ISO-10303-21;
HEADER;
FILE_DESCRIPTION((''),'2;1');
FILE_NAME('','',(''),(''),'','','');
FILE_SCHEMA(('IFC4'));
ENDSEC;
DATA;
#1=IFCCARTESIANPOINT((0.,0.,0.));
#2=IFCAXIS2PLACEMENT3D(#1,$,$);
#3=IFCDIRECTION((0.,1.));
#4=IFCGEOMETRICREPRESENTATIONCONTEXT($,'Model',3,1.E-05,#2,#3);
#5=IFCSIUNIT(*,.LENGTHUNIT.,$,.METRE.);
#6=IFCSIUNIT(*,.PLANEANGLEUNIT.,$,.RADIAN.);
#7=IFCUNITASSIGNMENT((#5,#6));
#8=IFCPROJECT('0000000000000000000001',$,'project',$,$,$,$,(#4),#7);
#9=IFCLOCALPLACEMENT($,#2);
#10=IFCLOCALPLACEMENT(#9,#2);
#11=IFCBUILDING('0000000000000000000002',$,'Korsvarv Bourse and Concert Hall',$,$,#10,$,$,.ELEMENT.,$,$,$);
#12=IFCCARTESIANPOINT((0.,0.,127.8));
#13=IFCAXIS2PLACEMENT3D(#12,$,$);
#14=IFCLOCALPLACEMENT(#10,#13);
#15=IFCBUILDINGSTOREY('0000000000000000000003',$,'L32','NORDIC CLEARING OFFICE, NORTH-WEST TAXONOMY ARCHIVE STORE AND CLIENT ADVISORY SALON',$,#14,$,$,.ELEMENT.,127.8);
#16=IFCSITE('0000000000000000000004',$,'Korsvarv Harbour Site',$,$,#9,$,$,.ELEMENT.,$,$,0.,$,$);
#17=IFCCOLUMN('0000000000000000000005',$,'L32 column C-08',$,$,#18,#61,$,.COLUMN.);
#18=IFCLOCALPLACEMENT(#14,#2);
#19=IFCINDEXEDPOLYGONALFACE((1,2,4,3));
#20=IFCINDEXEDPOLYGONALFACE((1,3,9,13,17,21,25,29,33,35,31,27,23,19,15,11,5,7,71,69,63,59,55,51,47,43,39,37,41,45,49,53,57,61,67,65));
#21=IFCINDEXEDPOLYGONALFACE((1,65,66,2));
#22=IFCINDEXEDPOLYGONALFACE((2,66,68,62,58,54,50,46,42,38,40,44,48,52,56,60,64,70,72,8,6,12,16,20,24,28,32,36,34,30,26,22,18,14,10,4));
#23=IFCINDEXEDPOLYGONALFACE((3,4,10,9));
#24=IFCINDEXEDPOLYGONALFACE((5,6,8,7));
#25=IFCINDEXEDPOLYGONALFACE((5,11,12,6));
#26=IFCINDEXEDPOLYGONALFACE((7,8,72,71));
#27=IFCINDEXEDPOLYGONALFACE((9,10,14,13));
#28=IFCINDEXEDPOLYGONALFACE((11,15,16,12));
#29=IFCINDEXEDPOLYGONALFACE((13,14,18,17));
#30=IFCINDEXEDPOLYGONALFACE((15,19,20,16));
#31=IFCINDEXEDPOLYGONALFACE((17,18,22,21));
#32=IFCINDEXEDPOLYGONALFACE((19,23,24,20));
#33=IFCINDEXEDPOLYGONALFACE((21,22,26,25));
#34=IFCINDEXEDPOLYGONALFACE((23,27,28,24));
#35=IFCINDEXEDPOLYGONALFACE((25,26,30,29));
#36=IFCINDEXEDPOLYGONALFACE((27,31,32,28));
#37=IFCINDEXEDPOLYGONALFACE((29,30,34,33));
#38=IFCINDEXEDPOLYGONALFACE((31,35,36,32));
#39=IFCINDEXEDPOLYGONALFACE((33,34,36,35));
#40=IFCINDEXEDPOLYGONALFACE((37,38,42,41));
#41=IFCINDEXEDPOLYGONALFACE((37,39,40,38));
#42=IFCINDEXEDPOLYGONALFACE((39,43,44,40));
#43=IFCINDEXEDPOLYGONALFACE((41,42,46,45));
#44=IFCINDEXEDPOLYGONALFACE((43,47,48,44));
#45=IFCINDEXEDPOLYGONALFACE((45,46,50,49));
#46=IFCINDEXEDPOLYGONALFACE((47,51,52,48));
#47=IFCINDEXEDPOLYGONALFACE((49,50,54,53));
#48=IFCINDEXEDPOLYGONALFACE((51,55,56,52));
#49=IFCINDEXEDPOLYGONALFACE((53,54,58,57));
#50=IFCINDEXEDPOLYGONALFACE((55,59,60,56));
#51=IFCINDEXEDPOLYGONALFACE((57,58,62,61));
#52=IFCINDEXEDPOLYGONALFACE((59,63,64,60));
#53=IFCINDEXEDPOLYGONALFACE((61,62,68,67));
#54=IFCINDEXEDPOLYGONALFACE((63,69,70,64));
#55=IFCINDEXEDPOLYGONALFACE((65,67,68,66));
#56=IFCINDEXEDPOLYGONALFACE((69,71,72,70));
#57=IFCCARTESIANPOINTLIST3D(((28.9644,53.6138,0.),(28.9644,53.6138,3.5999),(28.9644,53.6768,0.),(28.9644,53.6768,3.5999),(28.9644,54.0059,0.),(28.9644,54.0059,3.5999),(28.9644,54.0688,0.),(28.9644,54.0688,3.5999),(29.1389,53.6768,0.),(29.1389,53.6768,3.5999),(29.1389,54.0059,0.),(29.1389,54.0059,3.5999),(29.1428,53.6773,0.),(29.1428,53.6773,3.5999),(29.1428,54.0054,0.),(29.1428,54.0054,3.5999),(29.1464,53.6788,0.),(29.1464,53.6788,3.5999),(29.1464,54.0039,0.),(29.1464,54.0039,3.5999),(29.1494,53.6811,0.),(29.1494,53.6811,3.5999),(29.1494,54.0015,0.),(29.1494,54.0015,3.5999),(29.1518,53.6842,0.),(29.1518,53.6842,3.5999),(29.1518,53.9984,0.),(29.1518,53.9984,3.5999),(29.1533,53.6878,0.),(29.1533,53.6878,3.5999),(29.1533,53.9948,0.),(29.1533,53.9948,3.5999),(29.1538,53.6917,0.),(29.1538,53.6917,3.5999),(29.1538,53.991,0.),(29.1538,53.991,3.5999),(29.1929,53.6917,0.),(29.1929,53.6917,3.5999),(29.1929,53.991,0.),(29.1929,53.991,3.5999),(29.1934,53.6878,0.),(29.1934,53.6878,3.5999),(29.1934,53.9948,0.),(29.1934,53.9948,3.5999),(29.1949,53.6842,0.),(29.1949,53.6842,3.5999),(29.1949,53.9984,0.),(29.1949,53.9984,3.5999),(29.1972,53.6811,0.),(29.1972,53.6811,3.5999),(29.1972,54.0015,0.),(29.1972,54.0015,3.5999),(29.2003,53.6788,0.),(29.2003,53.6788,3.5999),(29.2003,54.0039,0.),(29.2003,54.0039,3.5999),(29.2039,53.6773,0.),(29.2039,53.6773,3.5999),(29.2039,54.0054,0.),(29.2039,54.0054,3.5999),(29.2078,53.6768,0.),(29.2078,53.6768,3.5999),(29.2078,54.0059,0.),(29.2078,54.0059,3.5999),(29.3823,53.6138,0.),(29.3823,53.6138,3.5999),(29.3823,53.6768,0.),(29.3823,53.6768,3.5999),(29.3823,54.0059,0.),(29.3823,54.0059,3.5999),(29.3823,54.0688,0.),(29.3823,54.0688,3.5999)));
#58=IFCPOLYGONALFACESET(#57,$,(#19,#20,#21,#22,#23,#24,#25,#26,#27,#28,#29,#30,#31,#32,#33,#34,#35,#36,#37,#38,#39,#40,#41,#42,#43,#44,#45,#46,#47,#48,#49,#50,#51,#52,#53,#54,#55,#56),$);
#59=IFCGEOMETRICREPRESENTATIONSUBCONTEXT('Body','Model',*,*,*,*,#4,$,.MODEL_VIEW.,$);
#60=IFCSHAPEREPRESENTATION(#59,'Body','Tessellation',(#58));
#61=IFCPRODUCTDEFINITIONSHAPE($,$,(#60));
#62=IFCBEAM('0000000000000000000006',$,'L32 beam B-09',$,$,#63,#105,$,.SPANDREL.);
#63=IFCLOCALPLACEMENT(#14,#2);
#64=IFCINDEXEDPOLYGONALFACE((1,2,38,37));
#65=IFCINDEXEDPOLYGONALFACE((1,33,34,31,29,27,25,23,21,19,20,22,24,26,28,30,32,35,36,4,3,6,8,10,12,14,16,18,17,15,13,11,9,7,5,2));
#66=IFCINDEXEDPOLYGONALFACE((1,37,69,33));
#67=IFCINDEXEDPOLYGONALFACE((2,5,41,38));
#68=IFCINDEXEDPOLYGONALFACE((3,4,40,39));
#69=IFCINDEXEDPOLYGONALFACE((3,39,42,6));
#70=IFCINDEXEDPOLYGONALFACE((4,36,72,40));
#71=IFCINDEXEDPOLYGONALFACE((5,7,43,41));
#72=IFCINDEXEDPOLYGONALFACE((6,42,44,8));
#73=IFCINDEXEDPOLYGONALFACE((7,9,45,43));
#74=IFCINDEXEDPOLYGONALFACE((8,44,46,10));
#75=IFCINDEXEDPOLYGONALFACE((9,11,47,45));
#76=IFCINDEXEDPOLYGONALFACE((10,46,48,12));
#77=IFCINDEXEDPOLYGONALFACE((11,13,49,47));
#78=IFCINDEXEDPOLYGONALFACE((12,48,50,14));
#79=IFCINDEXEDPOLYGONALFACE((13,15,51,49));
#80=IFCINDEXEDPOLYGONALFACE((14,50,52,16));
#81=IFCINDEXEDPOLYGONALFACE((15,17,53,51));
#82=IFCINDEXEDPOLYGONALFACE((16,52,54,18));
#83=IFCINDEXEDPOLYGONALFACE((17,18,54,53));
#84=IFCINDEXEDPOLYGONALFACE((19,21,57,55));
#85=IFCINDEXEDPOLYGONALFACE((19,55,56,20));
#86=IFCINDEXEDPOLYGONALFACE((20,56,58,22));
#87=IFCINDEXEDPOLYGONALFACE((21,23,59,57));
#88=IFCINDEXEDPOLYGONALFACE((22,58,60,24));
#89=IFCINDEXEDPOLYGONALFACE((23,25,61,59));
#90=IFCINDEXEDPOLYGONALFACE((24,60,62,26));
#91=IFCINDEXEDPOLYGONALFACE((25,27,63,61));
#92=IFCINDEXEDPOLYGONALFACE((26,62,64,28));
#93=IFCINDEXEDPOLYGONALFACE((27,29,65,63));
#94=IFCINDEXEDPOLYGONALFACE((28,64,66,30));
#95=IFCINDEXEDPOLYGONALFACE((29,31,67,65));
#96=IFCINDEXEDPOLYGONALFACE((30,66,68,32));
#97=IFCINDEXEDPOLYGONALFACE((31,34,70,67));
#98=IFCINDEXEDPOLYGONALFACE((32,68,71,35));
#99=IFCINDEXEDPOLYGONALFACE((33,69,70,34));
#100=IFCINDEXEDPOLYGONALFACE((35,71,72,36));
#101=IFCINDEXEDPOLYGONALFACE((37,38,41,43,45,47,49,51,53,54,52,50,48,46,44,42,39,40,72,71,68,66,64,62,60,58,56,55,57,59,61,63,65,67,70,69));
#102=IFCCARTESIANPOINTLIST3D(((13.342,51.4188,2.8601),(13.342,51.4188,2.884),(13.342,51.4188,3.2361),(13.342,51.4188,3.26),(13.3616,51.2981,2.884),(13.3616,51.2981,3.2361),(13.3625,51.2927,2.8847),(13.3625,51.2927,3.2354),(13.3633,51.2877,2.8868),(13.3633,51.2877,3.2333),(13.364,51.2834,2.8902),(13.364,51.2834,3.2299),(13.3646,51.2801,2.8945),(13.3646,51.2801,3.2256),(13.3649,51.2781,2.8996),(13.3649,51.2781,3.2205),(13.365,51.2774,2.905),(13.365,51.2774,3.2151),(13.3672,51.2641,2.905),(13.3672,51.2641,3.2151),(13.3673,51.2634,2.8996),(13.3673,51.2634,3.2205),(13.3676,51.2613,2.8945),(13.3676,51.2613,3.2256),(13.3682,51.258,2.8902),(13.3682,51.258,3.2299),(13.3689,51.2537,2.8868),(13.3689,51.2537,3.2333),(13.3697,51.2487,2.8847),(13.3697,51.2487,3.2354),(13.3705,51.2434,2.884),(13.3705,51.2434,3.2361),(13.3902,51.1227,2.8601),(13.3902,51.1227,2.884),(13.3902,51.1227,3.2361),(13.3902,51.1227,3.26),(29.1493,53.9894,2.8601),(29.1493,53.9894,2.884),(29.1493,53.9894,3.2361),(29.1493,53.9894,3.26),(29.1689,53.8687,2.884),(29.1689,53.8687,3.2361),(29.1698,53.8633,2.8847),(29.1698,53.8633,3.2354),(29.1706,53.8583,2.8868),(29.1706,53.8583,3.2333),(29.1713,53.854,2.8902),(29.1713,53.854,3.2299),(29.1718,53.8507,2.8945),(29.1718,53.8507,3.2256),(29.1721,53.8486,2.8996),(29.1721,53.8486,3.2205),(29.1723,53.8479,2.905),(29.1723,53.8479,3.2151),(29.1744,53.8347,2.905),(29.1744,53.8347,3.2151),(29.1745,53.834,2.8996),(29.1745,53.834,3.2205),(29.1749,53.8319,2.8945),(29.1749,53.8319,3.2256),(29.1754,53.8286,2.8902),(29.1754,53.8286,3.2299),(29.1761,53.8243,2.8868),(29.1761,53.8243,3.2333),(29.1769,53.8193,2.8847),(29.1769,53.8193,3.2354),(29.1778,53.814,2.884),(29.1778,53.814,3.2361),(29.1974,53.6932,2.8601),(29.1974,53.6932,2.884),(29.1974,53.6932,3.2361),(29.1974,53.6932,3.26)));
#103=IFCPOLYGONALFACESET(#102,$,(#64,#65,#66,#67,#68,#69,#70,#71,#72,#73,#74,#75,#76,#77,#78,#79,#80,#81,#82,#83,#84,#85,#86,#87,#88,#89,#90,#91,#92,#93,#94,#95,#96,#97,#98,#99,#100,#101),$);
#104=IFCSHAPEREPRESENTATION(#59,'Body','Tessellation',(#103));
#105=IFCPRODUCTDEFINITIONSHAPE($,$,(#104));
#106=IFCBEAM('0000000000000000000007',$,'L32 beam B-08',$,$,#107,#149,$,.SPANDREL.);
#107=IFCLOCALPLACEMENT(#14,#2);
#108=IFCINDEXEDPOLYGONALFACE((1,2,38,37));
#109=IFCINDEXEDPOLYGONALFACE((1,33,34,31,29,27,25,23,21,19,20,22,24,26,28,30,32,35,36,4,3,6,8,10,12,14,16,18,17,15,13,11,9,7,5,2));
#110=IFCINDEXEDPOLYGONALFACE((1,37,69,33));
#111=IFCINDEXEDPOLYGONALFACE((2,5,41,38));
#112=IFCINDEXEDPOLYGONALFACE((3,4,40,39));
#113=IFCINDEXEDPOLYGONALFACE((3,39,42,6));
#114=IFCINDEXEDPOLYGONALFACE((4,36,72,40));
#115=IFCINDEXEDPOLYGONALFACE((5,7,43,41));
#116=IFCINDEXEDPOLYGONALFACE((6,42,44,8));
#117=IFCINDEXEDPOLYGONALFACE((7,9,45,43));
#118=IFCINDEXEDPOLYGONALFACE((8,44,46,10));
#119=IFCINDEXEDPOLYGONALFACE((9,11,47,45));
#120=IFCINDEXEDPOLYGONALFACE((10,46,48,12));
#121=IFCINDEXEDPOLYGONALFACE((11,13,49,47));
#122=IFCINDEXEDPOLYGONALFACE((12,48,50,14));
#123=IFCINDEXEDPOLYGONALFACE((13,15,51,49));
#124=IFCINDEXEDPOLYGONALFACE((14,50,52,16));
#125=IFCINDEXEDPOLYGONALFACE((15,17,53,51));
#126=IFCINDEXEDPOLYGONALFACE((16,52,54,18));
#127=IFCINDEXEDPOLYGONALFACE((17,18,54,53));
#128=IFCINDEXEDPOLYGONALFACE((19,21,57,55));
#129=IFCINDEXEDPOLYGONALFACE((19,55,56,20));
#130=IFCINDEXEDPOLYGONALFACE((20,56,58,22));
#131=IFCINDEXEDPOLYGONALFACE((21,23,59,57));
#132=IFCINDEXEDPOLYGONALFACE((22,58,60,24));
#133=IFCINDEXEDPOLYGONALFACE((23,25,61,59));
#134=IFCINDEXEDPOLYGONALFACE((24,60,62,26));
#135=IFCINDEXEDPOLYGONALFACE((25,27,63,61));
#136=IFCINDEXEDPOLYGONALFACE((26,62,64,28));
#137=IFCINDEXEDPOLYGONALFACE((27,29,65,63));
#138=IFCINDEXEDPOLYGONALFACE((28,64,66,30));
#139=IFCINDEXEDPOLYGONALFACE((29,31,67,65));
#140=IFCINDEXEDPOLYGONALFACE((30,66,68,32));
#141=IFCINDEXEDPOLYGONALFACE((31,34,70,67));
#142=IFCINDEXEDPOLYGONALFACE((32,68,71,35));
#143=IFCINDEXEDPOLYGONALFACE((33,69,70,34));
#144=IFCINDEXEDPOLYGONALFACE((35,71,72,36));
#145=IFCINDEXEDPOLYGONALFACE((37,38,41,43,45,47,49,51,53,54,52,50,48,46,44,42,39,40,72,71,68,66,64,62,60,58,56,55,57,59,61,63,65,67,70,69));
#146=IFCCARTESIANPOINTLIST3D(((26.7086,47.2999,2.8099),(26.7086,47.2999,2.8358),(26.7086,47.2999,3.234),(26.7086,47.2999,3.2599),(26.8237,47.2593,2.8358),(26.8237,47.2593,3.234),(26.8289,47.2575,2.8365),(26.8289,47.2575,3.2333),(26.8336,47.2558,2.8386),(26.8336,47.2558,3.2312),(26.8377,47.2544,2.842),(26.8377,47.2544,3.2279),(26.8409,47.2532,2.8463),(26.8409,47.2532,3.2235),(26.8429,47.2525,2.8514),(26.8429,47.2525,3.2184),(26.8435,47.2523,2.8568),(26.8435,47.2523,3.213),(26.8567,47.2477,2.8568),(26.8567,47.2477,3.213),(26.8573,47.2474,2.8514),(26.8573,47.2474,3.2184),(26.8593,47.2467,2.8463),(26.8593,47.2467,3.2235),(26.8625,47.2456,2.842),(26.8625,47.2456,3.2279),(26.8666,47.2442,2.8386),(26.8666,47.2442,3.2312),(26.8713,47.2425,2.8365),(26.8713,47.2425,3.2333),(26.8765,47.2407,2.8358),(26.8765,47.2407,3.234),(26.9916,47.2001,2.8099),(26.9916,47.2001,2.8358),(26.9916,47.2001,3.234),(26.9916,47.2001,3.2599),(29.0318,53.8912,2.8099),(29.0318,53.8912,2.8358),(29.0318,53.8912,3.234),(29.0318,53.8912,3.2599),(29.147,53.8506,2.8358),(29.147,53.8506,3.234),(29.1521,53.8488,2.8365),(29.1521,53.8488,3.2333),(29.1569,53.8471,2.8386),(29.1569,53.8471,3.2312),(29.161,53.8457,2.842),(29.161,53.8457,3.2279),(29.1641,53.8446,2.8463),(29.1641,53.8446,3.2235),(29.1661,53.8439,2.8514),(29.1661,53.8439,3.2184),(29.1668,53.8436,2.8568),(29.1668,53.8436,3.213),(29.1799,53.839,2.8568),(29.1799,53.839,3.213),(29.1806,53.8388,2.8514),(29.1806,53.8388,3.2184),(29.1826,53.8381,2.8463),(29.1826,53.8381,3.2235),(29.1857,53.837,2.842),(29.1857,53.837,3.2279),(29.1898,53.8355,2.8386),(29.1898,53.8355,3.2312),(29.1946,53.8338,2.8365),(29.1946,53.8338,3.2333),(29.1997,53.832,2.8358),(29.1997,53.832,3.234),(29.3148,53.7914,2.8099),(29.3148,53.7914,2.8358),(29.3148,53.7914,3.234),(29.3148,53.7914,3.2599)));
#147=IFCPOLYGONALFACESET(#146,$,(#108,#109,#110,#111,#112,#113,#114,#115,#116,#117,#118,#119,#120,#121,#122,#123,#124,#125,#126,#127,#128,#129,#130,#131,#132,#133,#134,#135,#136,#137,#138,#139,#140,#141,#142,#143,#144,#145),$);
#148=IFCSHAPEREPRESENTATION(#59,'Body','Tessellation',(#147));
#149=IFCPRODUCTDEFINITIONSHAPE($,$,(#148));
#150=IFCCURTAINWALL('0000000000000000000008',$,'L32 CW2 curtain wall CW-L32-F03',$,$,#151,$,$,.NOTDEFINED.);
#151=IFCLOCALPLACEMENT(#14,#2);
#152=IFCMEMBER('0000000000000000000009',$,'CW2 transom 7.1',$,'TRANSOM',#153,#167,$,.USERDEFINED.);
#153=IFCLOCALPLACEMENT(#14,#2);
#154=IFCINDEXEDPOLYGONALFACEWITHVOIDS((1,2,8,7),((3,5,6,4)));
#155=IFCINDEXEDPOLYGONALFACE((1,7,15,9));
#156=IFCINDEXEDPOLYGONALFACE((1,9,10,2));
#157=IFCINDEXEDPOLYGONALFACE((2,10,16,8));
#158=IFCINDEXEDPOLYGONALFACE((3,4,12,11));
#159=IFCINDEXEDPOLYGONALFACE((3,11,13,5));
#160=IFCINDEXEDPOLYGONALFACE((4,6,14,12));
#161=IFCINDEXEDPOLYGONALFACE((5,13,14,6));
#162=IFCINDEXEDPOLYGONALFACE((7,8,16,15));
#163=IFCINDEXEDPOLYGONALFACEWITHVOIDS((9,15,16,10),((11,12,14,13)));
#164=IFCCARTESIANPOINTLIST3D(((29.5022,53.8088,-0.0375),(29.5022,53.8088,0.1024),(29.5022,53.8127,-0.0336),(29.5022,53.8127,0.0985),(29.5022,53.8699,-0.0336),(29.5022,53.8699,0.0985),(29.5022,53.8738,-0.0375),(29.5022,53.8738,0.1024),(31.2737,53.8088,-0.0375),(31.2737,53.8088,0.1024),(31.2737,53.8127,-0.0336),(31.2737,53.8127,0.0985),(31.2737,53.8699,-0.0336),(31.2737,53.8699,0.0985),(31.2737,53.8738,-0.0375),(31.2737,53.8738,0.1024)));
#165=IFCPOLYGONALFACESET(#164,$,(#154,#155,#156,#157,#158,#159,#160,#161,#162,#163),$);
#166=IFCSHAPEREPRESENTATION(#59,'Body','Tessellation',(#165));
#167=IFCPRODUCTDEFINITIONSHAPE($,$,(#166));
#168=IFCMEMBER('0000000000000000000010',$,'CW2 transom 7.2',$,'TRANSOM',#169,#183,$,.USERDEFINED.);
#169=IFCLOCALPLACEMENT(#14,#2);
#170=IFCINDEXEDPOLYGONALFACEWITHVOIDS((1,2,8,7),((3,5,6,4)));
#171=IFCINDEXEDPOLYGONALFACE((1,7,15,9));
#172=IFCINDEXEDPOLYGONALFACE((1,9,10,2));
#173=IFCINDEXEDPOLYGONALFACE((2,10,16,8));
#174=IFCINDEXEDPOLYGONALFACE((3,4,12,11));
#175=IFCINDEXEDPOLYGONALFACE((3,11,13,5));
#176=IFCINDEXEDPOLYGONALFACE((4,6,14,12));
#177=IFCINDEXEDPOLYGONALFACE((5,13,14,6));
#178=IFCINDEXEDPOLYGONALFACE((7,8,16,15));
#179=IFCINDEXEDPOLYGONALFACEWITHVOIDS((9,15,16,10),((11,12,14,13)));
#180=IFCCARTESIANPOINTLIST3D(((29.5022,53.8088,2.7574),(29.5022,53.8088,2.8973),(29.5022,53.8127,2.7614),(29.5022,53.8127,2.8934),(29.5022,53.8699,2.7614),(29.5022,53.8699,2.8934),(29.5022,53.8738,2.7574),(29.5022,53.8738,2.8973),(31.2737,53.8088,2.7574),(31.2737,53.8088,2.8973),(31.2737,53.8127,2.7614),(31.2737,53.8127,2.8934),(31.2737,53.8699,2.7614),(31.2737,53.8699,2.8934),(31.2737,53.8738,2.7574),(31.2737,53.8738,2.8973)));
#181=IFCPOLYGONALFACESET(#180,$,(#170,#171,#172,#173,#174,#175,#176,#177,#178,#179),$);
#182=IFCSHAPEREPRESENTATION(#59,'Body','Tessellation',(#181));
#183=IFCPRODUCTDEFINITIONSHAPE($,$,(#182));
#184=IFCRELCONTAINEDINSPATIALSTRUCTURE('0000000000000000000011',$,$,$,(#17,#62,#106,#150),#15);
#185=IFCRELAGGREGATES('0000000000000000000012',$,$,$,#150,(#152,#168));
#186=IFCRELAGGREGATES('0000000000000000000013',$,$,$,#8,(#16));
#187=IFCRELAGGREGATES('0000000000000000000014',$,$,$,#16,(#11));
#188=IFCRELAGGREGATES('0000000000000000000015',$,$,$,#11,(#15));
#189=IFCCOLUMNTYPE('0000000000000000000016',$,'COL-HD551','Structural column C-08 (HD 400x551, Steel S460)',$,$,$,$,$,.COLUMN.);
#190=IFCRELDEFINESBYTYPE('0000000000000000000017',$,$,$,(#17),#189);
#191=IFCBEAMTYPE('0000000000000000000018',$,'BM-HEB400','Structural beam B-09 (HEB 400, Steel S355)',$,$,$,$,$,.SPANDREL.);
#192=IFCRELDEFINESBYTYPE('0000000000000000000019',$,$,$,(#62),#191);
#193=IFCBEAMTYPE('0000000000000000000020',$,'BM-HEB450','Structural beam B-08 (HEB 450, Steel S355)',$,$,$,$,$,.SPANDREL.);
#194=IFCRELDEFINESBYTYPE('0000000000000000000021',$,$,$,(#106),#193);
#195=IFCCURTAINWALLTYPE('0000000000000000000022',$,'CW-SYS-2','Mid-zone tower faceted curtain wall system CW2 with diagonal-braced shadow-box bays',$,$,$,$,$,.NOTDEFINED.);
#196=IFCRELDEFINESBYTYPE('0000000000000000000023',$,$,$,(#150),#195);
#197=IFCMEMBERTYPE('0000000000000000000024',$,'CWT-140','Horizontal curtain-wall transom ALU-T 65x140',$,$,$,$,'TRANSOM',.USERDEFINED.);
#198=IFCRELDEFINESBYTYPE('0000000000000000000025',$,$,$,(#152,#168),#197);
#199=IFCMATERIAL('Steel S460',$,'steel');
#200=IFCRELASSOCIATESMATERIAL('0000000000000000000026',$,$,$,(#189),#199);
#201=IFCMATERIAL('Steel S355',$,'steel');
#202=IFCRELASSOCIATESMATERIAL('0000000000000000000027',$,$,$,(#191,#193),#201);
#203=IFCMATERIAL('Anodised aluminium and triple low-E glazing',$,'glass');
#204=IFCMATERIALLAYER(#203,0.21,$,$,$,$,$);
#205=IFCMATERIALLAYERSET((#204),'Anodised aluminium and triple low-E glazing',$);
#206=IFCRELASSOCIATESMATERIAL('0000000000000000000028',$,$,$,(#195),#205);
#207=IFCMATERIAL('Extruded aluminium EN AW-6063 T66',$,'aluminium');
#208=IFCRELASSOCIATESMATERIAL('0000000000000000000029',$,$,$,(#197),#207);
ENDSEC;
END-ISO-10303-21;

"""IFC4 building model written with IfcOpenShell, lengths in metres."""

from ifc_helpers import new_model, si_unit, direction, frame, origin, origin_2d, place, context, subcontext, project, spatial, hollow_rectangle, i_section, extrude, source, transform, mapped, material, layer, layer_set, material_profile, profile_set, type_object, element, aggregate, save


model = new_model("IFC4")

# Units and contexts
model_context = context("Model", 3, precision=1e-05, world=origin(), true_north=direction((0.0, 1.0)))
body_context = subcontext(model_context, "Body", "Model", "MODEL_VIEW")
ifc_project = project(units=[si_unit("LENGTHUNIT", "METRE"), si_unit("PLANEANGLEUNIT", "RADIAN")], contexts=[model_context])

# Site, building, storey
site_placement = place(None, origin())
site = spatial("IfcSite", under=ifc_project, at=site_placement, Name="Korsvarv Harbour Site", CompositionType="ELEMENT", RefElevation=0.0)
building_placement = place(site_placement, origin())
building = spatial("IfcBuilding", under=site, at=building_placement, Name="Korsvarv Bourse and Concert Hall", CompositionType="ELEMENT")
storey_placement = place(building_placement, frame((0.0, 0.0, 127.8)))
storey = spatial("IfcBuildingStorey", under=building, at=storey_placement, Name="L32", Description="NORDIC CLEARING OFFICE, NORTH-WEST TAXONOMY ARCHIVE STORE AND CLIENT ADVISORY SALON", CompositionType="ELEMENT", Elevation=127.8)

# Column
ifc_material_1 = material(Name="Steel S460", Category="steel")
ifc_material_profile_1 = material_profile(ifc_material_1, i_section(OverallWidth=0.418, OverallDepth=0.4551, WebThickness=0.0391, FlangeThickness=0.063, FilletRadius=0.0149, at=origin_2d()), Name="HD 400x551")
ifc_profile_set_1 = profile_set([ifc_material_profile_1], Name="Steel S460")
column_type = type_object("IfcColumnType", Name="COL-HD551", Description="Structural column C-08 (HD 400x551, Steel S460)", PredefinedType="COLUMN", material=ifc_profile_set_1)
shared_shape_1 = source(origin(), body_context, "Body", "SweptSolid", [
    extrude(i_section(OverallWidth=0.418, OverallDepth=0.4551, WebThickness=0.0391, FlangeThickness=0.063, FilletRadius=0.0149, at=origin_2d()), origin(), (0.0, 0.0, 1.0), 3.5999),
])
column_placement = place(storey_placement, frame((29.1733, 53.8413, 0.0), z_axis=(0.0, 0.0, 1.0), x_axis=(1.0, 0.0, 0.0)))
element("IfcColumn", 1, at=column_placement, inside=storey, type_object=column_type, Name="L32 column C-08", PredefinedType="COLUMN", context=body_context, shape_type="MappedRepresentation", body=[
    mapped(shared_shape_1, transform((0.0, 0.0, 0.0), scale=1.0)),
])

# Beams
ifc_material_2 = material(Name="Steel S355", Category="steel")
ifc_material_profile_2 = material_profile(ifc_material_2, i_section(OverallWidth=0.3, OverallDepth=0.3999, WebThickness=0.0134, FlangeThickness=0.0239, FilletRadius=0.021, at=origin_2d()), Name="HEB 400")
ifc_profile_set_2 = profile_set([ifc_material_profile_2], Name="Steel S355")
beam_type_1 = type_object("IfcBeamType", Name="BM-HEB400", Description="Structural beam B-09 (HEB 400, Steel S355)", PredefinedType="SPANDREL", material=ifc_profile_set_2)
shared_shape_2 = source(origin(), body_context, "Body", "SweptSolid", [
    extrude(i_section(OverallWidth=0.3, OverallDepth=0.3999, WebThickness=0.0134, FlangeThickness=0.0239, FilletRadius=0.021, at=origin_2d()), origin(), (0.0, 0.0, 1.0), 16.0149),
])
beam_1_placement = place(storey_placement, frame((29.1733, 53.8413, 3.0601), z_axis=(-0.987034, -0.160512, 0.0), x_axis=(0.160512, -0.987034, 0.0)))
element("IfcBeam", 2, at=beam_1_placement, inside=storey, type_object=beam_type_1, Name="L32 beam B-09", PredefinedType="SPANDREL", context=body_context, shape_type="MappedRepresentation", body=[
    mapped(shared_shape_2, transform((0.0, 0.0, 0.0), scale=1.0)),
])
ifc_material_profile_3 = material_profile(ifc_material_2, i_section(OverallWidth=0.3, OverallDepth=0.45, WebThickness=0.0139, FlangeThickness=0.0259, FilletRadius=0.021, at=origin_2d()), Name="HEB 450")
ifc_profile_set_3 = profile_set([ifc_material_profile_3], Name="Steel S355")
beam_type_2 = type_object("IfcBeamType", Name="BM-HEB450", Description="Structural beam B-08 (HEB 450, Steel S355)", PredefinedType="SPANDREL", material=ifc_profile_set_3)
shared_shape_3 = source(origin(), body_context, "Body", "SweptSolid", [
    extrude(i_section(OverallWidth=0.3, OverallDepth=0.45, WebThickness=0.0139, FlangeThickness=0.0259, FilletRadius=0.021, at=origin_2d()), origin(), (0.0, 0.0, 1.0), 6.9888),
])
beam_2_placement = place(storey_placement, frame((29.1733, 53.8413, 3.0349), z_axis=(-0.332425, -0.94313, 0.0), x_axis=(0.94313, -0.332425, 0.0)))
element("IfcBeam", 3, at=beam_2_placement, inside=storey, type_object=beam_type_2, Name="L32 beam B-08", PredefinedType="SPANDREL", context=body_context, shape_type="MappedRepresentation", body=[
    mapped(shared_shape_3, transform((0.0, 0.0, 0.0), scale=1.0)),
])

# Curtain wall, members
ifc_material_3 = material(Name="Anodised aluminium and triple low-E glazing", Category="glass")
ifc_layer_1 = layer(ifc_material_3, 0.21)
ifc_layer_set_1 = layer_set([ifc_layer_1], Name="Anodised aluminium and triple low-E glazing")
curtain_wall_type = type_object("IfcCurtainWallType", Name="CW-SYS-2", Description="Mid-zone tower faceted curtain wall system CW2 with diagonal-braced shadow-box bays", PredefinedType="NOTDEFINED", material=ifc_layer_set_1)
curtain_wall_placement = place(storey_placement, origin())
curtain_wall = element("IfcCurtainWall", 4, at=curtain_wall_placement, inside=storey, type_object=curtain_wall_type, Name="L32 CW2 curtain wall CW-L32-F03", PredefinedType="NOTDEFINED")
ifc_material_4 = material(Name="Extruded aluminium EN AW-6063 T66", Category="aluminium")
ifc_material_profile_4 = material_profile(ifc_material_4, hollow_rectangle(XDim=0.0649, YDim=0.1399, WallThickness=0.0039, at=origin_2d()), Name="ALU-T 65x140")
ifc_profile_set_4 = profile_set([ifc_material_profile_4], Name="Extruded aluminium EN AW-6063 T66")
member_type_1 = type_object("IfcMemberType", Name="CWT-140", Description="Horizontal curtain-wall transom ALU-T 65x140", ElementType="TRANSOM", PredefinedType="USERDEFINED", material=ifc_profile_set_4)
shared_shape_4 = source(origin(), body_context, "Body", "SweptSolid", [
    extrude(hollow_rectangle(XDim=0.0649, YDim=0.1399, WallThickness=0.0039, at=origin_2d()), origin(), (0.0, 0.0, 1.0), 1.7715),
])
member_1_placement = place(storey_placement, frame((31.2737, 53.8413, 0.0325), z_axis=(-1.0, 0.0, 0.0), x_axis=(0.0, -1.0, 0.0)))
member_1 = element("IfcMember", 5, at=member_1_placement, type_object=member_type_1, Name="CW2 transom 7.1", ObjectType="TRANSOM", PredefinedType="USERDEFINED", context=body_context, shape_type="MappedRepresentation", body=[
    mapped(shared_shape_4, transform((0.0, 0.0, 0.0), scale=1.0)),
])
member_2_placement = place(storey_placement, frame((31.2737, 53.8413, 2.8274), z_axis=(-1.0, 0.0, 0.0), x_axis=(0.0, -1.0, 0.0)))
member_2 = element("IfcMember", 6, at=member_2_placement, type_object=member_type_1, Name="CW2 transom 7.2", ObjectType="TRANSOM", PredefinedType="USERDEFINED", context=body_context, shape_type="MappedRepresentation", body=[
    mapped(shared_shape_4, transform((0.0, 0.0, 0.0), scale=1.0)),
])
aggregate(curtain_wall, [member_1, member_2])

save(model, "model.ifc")
